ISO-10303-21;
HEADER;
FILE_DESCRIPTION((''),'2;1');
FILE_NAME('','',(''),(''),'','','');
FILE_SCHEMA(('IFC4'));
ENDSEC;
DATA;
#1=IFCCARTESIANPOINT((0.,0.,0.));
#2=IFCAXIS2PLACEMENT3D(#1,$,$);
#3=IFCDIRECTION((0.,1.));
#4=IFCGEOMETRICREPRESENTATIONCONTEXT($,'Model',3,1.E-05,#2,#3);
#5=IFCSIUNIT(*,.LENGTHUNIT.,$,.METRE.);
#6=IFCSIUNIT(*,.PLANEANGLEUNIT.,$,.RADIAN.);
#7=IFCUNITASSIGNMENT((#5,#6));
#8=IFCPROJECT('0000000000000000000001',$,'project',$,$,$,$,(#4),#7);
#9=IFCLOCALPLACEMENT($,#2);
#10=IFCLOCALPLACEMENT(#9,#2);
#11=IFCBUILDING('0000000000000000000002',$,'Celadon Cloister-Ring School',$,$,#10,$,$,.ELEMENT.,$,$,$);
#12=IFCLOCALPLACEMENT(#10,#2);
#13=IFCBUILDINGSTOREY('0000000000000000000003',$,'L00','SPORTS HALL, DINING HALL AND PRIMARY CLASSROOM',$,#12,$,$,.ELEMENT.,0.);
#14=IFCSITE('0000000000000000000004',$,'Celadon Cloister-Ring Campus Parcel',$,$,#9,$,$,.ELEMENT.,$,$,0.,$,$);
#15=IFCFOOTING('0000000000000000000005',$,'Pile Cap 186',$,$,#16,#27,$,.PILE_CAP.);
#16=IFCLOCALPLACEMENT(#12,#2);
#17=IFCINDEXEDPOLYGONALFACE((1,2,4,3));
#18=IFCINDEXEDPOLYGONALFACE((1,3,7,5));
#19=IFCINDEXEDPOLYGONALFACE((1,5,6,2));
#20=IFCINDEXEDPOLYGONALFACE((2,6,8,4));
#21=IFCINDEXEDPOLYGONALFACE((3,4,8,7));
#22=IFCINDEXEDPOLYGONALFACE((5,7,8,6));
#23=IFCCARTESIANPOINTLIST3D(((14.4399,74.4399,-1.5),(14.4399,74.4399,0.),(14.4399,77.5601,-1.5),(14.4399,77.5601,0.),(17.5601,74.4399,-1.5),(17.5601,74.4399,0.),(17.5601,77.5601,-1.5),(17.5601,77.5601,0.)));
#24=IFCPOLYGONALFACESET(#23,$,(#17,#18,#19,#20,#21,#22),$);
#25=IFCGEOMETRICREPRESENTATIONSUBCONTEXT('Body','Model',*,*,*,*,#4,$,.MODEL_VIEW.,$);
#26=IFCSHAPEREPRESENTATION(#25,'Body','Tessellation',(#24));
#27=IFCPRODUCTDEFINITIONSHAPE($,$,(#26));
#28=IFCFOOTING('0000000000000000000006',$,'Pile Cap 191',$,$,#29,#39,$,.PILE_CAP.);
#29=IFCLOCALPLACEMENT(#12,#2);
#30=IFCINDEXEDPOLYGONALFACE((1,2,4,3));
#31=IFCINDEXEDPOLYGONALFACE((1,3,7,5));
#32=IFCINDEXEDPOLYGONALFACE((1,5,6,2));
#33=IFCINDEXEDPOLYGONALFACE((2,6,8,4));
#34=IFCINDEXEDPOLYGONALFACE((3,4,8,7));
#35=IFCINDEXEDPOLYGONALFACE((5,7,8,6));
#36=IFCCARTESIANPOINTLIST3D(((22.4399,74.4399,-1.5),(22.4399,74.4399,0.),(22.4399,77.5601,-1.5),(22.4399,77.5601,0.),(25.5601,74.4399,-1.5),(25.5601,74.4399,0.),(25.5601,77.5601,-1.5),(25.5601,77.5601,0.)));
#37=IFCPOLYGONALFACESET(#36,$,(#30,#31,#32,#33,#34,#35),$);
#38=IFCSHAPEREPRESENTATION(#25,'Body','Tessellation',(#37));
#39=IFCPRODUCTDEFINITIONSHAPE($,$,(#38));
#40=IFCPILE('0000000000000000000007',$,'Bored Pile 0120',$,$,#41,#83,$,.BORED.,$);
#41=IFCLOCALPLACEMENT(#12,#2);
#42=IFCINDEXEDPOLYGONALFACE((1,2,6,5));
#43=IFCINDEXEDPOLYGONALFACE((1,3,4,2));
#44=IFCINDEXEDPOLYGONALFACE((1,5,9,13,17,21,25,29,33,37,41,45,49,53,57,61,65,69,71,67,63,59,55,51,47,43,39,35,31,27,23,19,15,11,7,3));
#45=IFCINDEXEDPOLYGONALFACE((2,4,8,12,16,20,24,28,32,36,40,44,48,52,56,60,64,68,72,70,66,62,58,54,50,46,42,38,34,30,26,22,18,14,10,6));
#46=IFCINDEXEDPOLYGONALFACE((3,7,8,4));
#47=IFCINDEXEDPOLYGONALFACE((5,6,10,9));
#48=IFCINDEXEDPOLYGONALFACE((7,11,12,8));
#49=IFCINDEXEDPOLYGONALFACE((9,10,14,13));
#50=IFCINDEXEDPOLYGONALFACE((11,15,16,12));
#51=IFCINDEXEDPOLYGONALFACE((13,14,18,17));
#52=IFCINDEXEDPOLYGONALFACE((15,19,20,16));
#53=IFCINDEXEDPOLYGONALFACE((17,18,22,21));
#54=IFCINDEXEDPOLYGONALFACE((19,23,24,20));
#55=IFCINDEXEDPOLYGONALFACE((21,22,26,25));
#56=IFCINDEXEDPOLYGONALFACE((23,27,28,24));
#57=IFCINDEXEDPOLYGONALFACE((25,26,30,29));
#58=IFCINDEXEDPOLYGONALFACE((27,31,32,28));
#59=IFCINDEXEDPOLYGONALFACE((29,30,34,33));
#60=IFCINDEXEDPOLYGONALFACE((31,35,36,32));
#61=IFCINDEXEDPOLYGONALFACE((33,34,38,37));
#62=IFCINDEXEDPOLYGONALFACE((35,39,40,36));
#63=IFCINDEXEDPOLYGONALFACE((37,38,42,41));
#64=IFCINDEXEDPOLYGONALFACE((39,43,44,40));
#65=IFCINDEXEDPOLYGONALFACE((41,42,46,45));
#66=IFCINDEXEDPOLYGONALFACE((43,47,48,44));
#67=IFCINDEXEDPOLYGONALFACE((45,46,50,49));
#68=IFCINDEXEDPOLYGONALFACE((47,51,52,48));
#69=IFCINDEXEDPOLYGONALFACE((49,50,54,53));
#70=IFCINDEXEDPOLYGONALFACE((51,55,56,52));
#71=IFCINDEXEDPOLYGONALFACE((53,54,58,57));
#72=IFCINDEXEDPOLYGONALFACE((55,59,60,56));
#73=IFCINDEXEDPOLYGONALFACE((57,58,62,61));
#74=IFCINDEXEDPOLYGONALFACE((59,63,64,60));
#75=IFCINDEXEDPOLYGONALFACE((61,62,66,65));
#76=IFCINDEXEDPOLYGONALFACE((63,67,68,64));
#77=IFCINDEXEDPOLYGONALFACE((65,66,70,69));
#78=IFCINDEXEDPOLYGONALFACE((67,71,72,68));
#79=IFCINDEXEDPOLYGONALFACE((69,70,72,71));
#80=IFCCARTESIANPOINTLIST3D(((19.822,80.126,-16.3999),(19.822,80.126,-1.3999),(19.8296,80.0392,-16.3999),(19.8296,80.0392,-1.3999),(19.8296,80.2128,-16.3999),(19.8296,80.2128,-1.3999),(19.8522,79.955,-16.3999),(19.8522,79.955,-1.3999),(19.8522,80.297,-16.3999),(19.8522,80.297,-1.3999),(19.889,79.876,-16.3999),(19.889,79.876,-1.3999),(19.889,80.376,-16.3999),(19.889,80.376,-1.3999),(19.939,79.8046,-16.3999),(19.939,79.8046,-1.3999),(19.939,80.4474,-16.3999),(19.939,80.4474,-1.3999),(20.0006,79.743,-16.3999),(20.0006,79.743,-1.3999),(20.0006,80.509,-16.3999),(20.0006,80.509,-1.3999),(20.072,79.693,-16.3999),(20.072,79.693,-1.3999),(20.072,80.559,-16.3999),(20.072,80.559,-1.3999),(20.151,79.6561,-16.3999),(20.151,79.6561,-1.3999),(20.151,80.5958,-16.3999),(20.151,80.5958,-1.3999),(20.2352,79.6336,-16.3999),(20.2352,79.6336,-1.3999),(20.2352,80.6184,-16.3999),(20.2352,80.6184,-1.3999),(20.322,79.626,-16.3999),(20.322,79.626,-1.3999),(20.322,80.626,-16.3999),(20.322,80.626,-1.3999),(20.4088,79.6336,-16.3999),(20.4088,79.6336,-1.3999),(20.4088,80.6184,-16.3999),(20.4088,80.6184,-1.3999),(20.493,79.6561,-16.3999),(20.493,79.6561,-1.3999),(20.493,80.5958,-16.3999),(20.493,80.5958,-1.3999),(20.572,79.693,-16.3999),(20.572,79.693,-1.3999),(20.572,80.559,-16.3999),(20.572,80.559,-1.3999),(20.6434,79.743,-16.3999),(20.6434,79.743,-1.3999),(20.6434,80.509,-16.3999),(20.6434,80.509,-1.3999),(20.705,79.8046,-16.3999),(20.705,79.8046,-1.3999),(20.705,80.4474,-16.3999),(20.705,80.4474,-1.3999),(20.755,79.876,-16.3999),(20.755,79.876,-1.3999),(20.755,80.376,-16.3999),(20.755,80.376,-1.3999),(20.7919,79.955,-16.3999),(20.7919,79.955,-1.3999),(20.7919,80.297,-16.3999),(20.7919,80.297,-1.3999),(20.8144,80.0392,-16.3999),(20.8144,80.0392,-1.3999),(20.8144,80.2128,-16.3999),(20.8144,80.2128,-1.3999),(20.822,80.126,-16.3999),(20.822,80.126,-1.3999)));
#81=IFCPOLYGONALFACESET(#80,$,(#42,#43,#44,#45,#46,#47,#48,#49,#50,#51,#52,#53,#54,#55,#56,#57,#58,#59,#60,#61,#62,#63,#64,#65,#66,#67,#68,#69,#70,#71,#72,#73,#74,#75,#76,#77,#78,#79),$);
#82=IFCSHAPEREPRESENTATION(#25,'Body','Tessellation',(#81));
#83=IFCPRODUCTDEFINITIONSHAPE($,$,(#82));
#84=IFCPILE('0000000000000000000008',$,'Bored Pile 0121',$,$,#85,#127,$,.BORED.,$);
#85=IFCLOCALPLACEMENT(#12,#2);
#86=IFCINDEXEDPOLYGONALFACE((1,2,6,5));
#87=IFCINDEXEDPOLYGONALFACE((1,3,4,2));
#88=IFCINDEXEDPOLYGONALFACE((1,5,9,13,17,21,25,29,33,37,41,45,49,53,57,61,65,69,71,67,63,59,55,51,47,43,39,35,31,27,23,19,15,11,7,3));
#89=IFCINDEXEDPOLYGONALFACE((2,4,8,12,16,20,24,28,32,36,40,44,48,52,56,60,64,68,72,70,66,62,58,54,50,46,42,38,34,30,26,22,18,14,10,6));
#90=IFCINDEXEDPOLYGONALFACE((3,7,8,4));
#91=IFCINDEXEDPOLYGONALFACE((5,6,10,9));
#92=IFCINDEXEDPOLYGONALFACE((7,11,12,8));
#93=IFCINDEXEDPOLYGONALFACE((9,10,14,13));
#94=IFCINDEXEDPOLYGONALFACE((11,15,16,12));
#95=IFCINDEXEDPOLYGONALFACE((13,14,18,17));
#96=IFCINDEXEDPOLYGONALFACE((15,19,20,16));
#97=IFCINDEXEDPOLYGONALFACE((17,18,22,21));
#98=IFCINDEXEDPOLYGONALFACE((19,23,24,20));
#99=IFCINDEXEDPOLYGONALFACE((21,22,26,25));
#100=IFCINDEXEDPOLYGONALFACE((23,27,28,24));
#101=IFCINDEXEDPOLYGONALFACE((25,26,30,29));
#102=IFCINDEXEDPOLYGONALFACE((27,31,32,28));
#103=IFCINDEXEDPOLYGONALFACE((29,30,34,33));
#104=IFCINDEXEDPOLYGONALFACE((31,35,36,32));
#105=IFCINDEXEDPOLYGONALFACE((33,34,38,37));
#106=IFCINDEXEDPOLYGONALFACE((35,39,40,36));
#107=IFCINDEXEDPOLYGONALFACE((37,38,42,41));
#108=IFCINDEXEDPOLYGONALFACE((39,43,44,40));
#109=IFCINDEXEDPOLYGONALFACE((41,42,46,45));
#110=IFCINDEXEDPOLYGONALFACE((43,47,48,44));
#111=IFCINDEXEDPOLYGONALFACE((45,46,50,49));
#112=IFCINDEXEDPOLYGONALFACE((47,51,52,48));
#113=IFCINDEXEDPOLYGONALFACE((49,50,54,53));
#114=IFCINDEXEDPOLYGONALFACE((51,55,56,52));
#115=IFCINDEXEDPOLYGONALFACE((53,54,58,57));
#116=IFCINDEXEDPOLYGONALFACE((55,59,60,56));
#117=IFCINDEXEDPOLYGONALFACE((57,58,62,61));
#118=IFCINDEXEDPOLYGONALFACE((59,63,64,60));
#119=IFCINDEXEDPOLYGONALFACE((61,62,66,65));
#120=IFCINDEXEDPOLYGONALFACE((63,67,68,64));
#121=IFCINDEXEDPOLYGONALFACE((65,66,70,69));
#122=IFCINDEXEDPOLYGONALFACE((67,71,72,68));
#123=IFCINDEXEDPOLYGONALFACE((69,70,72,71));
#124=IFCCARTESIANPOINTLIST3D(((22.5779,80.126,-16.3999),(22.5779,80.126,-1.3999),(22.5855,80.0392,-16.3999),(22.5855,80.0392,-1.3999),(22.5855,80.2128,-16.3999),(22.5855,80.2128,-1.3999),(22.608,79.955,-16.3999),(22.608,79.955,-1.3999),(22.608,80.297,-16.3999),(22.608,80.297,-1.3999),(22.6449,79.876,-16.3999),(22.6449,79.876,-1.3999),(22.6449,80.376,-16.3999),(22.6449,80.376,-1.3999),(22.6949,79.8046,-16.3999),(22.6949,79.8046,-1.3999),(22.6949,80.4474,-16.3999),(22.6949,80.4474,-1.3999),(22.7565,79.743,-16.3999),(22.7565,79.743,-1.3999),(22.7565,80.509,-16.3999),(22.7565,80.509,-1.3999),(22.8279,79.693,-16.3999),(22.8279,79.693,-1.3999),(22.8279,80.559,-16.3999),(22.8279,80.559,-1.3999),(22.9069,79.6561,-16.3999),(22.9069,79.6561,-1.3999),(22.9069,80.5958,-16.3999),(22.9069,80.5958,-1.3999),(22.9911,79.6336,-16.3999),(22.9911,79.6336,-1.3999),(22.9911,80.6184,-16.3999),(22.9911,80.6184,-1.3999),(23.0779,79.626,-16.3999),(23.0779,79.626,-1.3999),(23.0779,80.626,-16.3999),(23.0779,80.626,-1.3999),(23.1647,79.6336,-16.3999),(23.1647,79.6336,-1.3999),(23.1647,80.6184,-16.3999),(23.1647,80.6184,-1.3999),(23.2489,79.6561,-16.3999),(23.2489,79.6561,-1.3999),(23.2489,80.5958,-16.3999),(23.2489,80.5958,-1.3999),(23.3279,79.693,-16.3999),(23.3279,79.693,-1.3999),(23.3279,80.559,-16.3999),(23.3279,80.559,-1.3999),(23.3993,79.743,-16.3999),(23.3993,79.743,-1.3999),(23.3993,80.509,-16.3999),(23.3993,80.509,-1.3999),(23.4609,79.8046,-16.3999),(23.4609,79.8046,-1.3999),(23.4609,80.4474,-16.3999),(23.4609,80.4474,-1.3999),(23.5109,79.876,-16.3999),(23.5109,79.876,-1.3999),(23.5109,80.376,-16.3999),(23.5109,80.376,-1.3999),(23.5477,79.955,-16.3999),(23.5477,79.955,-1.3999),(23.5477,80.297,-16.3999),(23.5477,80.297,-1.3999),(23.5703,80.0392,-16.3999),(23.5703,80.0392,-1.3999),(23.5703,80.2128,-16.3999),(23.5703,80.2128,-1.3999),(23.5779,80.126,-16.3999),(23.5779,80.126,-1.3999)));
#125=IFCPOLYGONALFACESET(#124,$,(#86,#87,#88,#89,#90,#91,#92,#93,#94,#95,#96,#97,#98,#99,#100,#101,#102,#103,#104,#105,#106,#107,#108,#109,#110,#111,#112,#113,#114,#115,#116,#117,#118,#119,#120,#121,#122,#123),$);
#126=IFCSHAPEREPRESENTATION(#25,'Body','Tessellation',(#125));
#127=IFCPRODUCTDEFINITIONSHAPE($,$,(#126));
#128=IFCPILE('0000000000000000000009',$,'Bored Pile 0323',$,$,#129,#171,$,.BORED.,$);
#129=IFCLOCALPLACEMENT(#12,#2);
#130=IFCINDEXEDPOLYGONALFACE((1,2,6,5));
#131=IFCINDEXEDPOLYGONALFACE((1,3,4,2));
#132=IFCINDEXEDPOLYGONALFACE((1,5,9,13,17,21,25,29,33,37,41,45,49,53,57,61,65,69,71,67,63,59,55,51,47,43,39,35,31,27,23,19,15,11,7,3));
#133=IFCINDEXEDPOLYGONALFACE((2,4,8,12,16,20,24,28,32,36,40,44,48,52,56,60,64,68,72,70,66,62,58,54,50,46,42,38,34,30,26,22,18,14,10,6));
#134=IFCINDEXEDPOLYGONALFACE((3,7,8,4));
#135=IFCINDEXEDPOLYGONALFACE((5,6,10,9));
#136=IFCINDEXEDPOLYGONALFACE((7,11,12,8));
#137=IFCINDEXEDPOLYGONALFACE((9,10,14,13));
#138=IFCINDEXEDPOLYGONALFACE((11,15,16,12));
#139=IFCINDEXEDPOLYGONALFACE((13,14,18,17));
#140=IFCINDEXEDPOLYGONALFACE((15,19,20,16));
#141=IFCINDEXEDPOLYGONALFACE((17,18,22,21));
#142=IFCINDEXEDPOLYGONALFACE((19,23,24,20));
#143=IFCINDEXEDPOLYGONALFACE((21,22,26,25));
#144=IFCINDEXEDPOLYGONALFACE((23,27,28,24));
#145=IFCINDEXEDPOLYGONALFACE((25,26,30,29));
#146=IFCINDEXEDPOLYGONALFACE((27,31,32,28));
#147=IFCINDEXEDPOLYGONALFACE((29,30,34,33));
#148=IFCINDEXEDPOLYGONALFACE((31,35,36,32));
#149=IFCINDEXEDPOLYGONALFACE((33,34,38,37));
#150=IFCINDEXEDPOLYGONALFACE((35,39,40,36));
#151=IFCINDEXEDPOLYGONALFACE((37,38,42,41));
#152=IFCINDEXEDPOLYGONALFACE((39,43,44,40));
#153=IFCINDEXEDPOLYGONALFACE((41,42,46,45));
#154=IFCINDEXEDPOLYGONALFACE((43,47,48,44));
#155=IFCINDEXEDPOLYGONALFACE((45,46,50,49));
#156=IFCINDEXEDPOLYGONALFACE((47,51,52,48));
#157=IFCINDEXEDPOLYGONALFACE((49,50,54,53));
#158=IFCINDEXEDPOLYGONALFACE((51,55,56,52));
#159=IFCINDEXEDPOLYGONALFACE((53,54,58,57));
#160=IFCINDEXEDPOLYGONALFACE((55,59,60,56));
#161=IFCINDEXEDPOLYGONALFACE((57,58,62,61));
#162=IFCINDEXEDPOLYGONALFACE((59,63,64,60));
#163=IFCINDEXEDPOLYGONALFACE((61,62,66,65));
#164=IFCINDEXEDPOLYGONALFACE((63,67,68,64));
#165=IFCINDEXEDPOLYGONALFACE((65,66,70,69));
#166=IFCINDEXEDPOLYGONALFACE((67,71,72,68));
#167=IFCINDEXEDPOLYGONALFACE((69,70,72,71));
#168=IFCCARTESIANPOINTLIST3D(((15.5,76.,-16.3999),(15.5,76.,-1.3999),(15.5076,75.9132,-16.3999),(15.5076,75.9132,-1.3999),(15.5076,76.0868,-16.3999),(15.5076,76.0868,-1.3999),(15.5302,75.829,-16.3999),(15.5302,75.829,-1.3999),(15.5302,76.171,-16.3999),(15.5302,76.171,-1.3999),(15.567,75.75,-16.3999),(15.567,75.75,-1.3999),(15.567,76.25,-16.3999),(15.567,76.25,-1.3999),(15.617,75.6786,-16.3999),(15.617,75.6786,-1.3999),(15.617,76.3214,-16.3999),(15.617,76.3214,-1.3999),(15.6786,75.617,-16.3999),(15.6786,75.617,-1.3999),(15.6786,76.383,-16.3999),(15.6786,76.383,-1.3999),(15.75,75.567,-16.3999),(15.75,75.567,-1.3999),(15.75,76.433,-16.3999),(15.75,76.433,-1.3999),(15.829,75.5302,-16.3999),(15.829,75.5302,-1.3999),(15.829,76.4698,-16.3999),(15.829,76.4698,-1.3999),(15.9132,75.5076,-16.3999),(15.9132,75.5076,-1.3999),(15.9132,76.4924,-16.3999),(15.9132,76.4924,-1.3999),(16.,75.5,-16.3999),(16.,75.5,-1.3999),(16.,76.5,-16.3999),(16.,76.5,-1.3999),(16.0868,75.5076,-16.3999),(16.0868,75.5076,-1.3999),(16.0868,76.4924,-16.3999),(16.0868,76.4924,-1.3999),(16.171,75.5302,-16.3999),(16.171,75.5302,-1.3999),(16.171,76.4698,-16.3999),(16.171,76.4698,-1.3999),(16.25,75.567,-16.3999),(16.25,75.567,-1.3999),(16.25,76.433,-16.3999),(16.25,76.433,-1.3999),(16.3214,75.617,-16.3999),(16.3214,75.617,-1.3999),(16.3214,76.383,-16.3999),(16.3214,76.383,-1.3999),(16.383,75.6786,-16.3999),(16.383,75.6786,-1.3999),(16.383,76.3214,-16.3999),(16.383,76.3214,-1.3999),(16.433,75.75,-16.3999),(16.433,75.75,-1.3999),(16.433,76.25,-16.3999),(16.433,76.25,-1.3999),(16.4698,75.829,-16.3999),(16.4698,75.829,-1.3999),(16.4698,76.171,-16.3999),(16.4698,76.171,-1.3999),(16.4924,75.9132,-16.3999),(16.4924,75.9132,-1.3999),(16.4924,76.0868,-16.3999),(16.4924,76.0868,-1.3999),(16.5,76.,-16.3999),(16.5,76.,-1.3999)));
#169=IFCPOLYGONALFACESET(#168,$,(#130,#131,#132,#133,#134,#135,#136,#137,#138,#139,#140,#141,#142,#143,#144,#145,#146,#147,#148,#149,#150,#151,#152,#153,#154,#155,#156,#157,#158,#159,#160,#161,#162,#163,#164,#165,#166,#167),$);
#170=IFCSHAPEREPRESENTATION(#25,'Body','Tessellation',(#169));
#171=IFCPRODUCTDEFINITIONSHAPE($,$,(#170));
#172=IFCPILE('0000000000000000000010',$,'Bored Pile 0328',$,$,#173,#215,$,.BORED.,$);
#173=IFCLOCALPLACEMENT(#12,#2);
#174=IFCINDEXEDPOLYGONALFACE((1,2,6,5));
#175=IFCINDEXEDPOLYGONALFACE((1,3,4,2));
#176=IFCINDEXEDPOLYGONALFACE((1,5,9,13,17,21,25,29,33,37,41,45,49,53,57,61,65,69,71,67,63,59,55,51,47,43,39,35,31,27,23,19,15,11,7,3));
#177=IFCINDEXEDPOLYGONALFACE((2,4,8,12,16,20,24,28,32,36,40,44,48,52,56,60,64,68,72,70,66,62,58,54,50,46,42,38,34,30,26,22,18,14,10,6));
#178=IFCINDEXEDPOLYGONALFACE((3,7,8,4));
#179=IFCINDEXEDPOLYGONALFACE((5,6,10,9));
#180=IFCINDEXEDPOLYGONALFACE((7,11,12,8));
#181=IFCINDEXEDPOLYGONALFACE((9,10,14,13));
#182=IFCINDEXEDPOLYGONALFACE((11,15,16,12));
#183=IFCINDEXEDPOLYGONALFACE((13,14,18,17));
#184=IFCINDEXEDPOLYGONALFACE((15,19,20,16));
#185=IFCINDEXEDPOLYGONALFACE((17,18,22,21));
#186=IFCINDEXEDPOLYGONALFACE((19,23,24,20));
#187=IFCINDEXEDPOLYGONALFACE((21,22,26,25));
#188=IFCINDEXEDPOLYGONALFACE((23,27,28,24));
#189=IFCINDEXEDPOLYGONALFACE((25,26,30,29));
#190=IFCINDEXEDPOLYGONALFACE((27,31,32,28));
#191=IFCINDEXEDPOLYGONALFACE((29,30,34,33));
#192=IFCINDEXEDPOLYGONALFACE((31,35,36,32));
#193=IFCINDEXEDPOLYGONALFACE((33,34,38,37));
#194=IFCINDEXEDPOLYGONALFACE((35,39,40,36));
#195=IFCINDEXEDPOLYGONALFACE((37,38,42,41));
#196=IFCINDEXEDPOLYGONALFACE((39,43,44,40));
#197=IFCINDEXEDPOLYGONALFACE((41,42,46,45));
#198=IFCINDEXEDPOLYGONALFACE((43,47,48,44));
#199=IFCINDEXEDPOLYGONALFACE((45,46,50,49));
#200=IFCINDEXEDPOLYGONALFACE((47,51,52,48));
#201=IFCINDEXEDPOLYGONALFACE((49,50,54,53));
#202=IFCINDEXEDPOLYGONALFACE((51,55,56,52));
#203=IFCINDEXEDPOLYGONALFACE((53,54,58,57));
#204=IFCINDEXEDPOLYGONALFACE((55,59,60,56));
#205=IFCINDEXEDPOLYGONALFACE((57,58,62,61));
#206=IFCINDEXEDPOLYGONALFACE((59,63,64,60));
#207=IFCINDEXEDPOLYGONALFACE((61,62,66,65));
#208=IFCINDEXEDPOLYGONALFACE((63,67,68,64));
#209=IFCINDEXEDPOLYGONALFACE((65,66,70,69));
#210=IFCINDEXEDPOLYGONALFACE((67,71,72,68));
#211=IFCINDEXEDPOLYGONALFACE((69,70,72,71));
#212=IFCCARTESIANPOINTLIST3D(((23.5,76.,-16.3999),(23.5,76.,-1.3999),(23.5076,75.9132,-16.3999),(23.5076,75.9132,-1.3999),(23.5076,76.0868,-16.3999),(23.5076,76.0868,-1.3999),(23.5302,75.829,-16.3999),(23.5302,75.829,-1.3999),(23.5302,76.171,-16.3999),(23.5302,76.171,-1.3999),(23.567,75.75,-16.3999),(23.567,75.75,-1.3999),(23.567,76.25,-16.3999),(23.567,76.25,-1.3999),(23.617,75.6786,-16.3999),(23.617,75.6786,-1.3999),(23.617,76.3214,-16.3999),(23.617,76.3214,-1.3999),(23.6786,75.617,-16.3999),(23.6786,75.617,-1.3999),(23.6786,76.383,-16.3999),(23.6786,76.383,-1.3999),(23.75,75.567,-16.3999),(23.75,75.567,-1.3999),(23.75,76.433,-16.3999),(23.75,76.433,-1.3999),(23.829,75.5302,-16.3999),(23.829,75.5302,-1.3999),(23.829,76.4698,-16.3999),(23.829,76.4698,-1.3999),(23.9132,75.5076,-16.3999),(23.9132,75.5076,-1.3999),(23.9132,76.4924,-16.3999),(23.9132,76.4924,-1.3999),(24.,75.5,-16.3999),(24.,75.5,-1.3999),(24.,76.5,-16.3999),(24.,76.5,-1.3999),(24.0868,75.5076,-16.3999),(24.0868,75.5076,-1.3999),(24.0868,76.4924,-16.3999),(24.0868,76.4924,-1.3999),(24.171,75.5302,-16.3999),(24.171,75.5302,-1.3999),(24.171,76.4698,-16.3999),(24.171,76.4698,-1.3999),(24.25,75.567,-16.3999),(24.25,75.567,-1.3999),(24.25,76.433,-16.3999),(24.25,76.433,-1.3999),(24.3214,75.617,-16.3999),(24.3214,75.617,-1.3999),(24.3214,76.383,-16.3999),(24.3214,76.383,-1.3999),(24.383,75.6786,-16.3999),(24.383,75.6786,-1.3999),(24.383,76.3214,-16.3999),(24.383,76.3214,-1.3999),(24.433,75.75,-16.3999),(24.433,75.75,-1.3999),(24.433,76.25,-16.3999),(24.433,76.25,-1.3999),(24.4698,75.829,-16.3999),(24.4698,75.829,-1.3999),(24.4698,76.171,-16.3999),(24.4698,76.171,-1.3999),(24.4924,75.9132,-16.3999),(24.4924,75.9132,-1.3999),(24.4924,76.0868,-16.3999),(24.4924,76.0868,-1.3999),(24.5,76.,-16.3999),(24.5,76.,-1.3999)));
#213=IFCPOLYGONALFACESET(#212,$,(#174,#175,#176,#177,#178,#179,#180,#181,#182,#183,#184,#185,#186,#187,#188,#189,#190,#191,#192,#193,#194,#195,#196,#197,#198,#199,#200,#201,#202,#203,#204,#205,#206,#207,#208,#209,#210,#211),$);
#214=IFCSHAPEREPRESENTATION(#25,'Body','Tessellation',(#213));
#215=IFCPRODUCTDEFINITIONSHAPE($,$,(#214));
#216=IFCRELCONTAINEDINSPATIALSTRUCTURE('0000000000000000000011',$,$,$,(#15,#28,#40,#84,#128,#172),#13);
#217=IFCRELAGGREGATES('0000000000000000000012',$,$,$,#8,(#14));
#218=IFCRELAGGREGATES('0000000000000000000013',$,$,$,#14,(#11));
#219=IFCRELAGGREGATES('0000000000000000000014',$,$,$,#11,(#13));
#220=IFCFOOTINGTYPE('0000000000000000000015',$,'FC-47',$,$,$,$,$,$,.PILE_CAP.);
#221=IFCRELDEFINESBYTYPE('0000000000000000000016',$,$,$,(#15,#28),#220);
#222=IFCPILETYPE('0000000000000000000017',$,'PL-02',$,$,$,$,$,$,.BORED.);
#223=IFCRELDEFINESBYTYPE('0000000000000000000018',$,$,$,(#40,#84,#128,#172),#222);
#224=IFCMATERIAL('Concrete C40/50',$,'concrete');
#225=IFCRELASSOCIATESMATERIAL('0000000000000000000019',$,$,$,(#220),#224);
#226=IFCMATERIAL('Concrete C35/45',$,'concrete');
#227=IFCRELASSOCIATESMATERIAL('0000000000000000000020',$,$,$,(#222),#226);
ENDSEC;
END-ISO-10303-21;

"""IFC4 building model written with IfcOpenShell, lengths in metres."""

from ifc_helpers import new_model, si_unit, direction, frame, origin, origin_2d, place, context, subcontext, project, spatial, rectangle, circle, extrude, material, material_profile, profile_set, type_object, element, save


model = new_model("IFC4")

# Units and contexts
model_context = context("Model", 3, precision=1e-05, world=origin(), true_north=direction((0.0, 1.0)))
body_context = subcontext(model_context, "Body", "Model", "MODEL_VIEW")
ifc_project = project(units=[si_unit("LENGTHUNIT", "METRE"), si_unit("PLANEANGLEUNIT", "RADIAN")], contexts=[model_context])

# Site, building, storey
site_placement = place(None, origin())
site = spatial("IfcSite", under=ifc_project, at=site_placement, Name="Celadon Cloister-Ring Campus Parcel", CompositionType="ELEMENT", RefElevation=0.0)
building_placement = place(site_placement, origin())
building = spatial("IfcBuilding", under=site, at=building_placement, Name="Celadon Cloister-Ring School", CompositionType="ELEMENT")
storey_placement = place(building_placement, origin())
storey = spatial("IfcBuildingStorey", under=building, at=storey_placement, Name="L00", Description="SPORTS HALL, DINING HALL AND PRIMARY CLASSROOM", CompositionType="ELEMENT", Elevation=0.0)

# Footings
ifc_material_1 = material(Name="Concrete C40/50", Category="concrete")
footing_type = type_object("IfcFootingType", Name="FC-47", PredefinedType="PILE_CAP", material=ifc_material_1)
for number, where, z_axis, x_axis, name in (
    (1, (16.0, 76.0, -1.5), (0.0, 0.0, 1.0), (1.0, 0.0, 0.0), "Pile Cap 186"),
    (2, (24.0, 76.0, -1.5), (0.0, 0.0, 1.0), (1.0, 0.0, 0.0), "Pile Cap 191"),
):
    element("IfcFooting", number, at=place(storey_placement, frame(where, z_axis=z_axis, x_axis=x_axis)), inside=storey, type_object=footing_type, Name=name, PredefinedType="PILE_CAP", context=body_context, shape_type="SweptSolid", body=[
        extrude(rectangle(XDim=3.1201, YDim=3.1201, at=origin_2d()), origin(), (0.0, 0.0, 1.0), 1.5),
    ])

# Piles
ifc_material_2 = material(Name="Concrete C35/45", Category="concrete")
ifc_material_profile_1 = material_profile(ifc_material_2, circle(Radius=0.5, at=origin_2d()), Name="PILE1000")
ifc_profile_set_1 = profile_set([ifc_material_profile_1], Name="Concrete C35/45")
pile_type = type_object("IfcPileType", Name="PL-02", PredefinedType="BORED", material=ifc_profile_set_1)
for number, where, z_axis, x_axis, name in (
    (3, (20.322, 80.126, -1.3999), (0.0, 0.0, -1.0), (1.0, 0.0, 0.0), "Bored Pile 0120"),
    (4, (23.0779, 80.126, -1.3999), (0.0, 0.0, -1.0), (1.0, 0.0, 0.0), "Bored Pile 0121"),
    (5, (16.0, 76.0, -1.3999), (0.0, 0.0, -1.0), (1.0, 0.0, 0.0), "Bored Pile 0323"),
    (6, (24.0, 76.0, -1.3999), (0.0, 0.0, -1.0), (1.0, 0.0, 0.0), "Bored Pile 0328"),
):
    element("IfcPile", number, at=place(storey_placement, frame(where, z_axis=z_axis, x_axis=x_axis)), inside=storey, type_object=pile_type, Name=name, PredefinedType="BORED", context=body_context, shape_type="SweptSolid", body=[
        extrude(circle(Radius=0.5, at=origin_2d()), origin(), (0.0, 0.0, 1.0), 15.0),
    ])

save(model, "model.ifc")
